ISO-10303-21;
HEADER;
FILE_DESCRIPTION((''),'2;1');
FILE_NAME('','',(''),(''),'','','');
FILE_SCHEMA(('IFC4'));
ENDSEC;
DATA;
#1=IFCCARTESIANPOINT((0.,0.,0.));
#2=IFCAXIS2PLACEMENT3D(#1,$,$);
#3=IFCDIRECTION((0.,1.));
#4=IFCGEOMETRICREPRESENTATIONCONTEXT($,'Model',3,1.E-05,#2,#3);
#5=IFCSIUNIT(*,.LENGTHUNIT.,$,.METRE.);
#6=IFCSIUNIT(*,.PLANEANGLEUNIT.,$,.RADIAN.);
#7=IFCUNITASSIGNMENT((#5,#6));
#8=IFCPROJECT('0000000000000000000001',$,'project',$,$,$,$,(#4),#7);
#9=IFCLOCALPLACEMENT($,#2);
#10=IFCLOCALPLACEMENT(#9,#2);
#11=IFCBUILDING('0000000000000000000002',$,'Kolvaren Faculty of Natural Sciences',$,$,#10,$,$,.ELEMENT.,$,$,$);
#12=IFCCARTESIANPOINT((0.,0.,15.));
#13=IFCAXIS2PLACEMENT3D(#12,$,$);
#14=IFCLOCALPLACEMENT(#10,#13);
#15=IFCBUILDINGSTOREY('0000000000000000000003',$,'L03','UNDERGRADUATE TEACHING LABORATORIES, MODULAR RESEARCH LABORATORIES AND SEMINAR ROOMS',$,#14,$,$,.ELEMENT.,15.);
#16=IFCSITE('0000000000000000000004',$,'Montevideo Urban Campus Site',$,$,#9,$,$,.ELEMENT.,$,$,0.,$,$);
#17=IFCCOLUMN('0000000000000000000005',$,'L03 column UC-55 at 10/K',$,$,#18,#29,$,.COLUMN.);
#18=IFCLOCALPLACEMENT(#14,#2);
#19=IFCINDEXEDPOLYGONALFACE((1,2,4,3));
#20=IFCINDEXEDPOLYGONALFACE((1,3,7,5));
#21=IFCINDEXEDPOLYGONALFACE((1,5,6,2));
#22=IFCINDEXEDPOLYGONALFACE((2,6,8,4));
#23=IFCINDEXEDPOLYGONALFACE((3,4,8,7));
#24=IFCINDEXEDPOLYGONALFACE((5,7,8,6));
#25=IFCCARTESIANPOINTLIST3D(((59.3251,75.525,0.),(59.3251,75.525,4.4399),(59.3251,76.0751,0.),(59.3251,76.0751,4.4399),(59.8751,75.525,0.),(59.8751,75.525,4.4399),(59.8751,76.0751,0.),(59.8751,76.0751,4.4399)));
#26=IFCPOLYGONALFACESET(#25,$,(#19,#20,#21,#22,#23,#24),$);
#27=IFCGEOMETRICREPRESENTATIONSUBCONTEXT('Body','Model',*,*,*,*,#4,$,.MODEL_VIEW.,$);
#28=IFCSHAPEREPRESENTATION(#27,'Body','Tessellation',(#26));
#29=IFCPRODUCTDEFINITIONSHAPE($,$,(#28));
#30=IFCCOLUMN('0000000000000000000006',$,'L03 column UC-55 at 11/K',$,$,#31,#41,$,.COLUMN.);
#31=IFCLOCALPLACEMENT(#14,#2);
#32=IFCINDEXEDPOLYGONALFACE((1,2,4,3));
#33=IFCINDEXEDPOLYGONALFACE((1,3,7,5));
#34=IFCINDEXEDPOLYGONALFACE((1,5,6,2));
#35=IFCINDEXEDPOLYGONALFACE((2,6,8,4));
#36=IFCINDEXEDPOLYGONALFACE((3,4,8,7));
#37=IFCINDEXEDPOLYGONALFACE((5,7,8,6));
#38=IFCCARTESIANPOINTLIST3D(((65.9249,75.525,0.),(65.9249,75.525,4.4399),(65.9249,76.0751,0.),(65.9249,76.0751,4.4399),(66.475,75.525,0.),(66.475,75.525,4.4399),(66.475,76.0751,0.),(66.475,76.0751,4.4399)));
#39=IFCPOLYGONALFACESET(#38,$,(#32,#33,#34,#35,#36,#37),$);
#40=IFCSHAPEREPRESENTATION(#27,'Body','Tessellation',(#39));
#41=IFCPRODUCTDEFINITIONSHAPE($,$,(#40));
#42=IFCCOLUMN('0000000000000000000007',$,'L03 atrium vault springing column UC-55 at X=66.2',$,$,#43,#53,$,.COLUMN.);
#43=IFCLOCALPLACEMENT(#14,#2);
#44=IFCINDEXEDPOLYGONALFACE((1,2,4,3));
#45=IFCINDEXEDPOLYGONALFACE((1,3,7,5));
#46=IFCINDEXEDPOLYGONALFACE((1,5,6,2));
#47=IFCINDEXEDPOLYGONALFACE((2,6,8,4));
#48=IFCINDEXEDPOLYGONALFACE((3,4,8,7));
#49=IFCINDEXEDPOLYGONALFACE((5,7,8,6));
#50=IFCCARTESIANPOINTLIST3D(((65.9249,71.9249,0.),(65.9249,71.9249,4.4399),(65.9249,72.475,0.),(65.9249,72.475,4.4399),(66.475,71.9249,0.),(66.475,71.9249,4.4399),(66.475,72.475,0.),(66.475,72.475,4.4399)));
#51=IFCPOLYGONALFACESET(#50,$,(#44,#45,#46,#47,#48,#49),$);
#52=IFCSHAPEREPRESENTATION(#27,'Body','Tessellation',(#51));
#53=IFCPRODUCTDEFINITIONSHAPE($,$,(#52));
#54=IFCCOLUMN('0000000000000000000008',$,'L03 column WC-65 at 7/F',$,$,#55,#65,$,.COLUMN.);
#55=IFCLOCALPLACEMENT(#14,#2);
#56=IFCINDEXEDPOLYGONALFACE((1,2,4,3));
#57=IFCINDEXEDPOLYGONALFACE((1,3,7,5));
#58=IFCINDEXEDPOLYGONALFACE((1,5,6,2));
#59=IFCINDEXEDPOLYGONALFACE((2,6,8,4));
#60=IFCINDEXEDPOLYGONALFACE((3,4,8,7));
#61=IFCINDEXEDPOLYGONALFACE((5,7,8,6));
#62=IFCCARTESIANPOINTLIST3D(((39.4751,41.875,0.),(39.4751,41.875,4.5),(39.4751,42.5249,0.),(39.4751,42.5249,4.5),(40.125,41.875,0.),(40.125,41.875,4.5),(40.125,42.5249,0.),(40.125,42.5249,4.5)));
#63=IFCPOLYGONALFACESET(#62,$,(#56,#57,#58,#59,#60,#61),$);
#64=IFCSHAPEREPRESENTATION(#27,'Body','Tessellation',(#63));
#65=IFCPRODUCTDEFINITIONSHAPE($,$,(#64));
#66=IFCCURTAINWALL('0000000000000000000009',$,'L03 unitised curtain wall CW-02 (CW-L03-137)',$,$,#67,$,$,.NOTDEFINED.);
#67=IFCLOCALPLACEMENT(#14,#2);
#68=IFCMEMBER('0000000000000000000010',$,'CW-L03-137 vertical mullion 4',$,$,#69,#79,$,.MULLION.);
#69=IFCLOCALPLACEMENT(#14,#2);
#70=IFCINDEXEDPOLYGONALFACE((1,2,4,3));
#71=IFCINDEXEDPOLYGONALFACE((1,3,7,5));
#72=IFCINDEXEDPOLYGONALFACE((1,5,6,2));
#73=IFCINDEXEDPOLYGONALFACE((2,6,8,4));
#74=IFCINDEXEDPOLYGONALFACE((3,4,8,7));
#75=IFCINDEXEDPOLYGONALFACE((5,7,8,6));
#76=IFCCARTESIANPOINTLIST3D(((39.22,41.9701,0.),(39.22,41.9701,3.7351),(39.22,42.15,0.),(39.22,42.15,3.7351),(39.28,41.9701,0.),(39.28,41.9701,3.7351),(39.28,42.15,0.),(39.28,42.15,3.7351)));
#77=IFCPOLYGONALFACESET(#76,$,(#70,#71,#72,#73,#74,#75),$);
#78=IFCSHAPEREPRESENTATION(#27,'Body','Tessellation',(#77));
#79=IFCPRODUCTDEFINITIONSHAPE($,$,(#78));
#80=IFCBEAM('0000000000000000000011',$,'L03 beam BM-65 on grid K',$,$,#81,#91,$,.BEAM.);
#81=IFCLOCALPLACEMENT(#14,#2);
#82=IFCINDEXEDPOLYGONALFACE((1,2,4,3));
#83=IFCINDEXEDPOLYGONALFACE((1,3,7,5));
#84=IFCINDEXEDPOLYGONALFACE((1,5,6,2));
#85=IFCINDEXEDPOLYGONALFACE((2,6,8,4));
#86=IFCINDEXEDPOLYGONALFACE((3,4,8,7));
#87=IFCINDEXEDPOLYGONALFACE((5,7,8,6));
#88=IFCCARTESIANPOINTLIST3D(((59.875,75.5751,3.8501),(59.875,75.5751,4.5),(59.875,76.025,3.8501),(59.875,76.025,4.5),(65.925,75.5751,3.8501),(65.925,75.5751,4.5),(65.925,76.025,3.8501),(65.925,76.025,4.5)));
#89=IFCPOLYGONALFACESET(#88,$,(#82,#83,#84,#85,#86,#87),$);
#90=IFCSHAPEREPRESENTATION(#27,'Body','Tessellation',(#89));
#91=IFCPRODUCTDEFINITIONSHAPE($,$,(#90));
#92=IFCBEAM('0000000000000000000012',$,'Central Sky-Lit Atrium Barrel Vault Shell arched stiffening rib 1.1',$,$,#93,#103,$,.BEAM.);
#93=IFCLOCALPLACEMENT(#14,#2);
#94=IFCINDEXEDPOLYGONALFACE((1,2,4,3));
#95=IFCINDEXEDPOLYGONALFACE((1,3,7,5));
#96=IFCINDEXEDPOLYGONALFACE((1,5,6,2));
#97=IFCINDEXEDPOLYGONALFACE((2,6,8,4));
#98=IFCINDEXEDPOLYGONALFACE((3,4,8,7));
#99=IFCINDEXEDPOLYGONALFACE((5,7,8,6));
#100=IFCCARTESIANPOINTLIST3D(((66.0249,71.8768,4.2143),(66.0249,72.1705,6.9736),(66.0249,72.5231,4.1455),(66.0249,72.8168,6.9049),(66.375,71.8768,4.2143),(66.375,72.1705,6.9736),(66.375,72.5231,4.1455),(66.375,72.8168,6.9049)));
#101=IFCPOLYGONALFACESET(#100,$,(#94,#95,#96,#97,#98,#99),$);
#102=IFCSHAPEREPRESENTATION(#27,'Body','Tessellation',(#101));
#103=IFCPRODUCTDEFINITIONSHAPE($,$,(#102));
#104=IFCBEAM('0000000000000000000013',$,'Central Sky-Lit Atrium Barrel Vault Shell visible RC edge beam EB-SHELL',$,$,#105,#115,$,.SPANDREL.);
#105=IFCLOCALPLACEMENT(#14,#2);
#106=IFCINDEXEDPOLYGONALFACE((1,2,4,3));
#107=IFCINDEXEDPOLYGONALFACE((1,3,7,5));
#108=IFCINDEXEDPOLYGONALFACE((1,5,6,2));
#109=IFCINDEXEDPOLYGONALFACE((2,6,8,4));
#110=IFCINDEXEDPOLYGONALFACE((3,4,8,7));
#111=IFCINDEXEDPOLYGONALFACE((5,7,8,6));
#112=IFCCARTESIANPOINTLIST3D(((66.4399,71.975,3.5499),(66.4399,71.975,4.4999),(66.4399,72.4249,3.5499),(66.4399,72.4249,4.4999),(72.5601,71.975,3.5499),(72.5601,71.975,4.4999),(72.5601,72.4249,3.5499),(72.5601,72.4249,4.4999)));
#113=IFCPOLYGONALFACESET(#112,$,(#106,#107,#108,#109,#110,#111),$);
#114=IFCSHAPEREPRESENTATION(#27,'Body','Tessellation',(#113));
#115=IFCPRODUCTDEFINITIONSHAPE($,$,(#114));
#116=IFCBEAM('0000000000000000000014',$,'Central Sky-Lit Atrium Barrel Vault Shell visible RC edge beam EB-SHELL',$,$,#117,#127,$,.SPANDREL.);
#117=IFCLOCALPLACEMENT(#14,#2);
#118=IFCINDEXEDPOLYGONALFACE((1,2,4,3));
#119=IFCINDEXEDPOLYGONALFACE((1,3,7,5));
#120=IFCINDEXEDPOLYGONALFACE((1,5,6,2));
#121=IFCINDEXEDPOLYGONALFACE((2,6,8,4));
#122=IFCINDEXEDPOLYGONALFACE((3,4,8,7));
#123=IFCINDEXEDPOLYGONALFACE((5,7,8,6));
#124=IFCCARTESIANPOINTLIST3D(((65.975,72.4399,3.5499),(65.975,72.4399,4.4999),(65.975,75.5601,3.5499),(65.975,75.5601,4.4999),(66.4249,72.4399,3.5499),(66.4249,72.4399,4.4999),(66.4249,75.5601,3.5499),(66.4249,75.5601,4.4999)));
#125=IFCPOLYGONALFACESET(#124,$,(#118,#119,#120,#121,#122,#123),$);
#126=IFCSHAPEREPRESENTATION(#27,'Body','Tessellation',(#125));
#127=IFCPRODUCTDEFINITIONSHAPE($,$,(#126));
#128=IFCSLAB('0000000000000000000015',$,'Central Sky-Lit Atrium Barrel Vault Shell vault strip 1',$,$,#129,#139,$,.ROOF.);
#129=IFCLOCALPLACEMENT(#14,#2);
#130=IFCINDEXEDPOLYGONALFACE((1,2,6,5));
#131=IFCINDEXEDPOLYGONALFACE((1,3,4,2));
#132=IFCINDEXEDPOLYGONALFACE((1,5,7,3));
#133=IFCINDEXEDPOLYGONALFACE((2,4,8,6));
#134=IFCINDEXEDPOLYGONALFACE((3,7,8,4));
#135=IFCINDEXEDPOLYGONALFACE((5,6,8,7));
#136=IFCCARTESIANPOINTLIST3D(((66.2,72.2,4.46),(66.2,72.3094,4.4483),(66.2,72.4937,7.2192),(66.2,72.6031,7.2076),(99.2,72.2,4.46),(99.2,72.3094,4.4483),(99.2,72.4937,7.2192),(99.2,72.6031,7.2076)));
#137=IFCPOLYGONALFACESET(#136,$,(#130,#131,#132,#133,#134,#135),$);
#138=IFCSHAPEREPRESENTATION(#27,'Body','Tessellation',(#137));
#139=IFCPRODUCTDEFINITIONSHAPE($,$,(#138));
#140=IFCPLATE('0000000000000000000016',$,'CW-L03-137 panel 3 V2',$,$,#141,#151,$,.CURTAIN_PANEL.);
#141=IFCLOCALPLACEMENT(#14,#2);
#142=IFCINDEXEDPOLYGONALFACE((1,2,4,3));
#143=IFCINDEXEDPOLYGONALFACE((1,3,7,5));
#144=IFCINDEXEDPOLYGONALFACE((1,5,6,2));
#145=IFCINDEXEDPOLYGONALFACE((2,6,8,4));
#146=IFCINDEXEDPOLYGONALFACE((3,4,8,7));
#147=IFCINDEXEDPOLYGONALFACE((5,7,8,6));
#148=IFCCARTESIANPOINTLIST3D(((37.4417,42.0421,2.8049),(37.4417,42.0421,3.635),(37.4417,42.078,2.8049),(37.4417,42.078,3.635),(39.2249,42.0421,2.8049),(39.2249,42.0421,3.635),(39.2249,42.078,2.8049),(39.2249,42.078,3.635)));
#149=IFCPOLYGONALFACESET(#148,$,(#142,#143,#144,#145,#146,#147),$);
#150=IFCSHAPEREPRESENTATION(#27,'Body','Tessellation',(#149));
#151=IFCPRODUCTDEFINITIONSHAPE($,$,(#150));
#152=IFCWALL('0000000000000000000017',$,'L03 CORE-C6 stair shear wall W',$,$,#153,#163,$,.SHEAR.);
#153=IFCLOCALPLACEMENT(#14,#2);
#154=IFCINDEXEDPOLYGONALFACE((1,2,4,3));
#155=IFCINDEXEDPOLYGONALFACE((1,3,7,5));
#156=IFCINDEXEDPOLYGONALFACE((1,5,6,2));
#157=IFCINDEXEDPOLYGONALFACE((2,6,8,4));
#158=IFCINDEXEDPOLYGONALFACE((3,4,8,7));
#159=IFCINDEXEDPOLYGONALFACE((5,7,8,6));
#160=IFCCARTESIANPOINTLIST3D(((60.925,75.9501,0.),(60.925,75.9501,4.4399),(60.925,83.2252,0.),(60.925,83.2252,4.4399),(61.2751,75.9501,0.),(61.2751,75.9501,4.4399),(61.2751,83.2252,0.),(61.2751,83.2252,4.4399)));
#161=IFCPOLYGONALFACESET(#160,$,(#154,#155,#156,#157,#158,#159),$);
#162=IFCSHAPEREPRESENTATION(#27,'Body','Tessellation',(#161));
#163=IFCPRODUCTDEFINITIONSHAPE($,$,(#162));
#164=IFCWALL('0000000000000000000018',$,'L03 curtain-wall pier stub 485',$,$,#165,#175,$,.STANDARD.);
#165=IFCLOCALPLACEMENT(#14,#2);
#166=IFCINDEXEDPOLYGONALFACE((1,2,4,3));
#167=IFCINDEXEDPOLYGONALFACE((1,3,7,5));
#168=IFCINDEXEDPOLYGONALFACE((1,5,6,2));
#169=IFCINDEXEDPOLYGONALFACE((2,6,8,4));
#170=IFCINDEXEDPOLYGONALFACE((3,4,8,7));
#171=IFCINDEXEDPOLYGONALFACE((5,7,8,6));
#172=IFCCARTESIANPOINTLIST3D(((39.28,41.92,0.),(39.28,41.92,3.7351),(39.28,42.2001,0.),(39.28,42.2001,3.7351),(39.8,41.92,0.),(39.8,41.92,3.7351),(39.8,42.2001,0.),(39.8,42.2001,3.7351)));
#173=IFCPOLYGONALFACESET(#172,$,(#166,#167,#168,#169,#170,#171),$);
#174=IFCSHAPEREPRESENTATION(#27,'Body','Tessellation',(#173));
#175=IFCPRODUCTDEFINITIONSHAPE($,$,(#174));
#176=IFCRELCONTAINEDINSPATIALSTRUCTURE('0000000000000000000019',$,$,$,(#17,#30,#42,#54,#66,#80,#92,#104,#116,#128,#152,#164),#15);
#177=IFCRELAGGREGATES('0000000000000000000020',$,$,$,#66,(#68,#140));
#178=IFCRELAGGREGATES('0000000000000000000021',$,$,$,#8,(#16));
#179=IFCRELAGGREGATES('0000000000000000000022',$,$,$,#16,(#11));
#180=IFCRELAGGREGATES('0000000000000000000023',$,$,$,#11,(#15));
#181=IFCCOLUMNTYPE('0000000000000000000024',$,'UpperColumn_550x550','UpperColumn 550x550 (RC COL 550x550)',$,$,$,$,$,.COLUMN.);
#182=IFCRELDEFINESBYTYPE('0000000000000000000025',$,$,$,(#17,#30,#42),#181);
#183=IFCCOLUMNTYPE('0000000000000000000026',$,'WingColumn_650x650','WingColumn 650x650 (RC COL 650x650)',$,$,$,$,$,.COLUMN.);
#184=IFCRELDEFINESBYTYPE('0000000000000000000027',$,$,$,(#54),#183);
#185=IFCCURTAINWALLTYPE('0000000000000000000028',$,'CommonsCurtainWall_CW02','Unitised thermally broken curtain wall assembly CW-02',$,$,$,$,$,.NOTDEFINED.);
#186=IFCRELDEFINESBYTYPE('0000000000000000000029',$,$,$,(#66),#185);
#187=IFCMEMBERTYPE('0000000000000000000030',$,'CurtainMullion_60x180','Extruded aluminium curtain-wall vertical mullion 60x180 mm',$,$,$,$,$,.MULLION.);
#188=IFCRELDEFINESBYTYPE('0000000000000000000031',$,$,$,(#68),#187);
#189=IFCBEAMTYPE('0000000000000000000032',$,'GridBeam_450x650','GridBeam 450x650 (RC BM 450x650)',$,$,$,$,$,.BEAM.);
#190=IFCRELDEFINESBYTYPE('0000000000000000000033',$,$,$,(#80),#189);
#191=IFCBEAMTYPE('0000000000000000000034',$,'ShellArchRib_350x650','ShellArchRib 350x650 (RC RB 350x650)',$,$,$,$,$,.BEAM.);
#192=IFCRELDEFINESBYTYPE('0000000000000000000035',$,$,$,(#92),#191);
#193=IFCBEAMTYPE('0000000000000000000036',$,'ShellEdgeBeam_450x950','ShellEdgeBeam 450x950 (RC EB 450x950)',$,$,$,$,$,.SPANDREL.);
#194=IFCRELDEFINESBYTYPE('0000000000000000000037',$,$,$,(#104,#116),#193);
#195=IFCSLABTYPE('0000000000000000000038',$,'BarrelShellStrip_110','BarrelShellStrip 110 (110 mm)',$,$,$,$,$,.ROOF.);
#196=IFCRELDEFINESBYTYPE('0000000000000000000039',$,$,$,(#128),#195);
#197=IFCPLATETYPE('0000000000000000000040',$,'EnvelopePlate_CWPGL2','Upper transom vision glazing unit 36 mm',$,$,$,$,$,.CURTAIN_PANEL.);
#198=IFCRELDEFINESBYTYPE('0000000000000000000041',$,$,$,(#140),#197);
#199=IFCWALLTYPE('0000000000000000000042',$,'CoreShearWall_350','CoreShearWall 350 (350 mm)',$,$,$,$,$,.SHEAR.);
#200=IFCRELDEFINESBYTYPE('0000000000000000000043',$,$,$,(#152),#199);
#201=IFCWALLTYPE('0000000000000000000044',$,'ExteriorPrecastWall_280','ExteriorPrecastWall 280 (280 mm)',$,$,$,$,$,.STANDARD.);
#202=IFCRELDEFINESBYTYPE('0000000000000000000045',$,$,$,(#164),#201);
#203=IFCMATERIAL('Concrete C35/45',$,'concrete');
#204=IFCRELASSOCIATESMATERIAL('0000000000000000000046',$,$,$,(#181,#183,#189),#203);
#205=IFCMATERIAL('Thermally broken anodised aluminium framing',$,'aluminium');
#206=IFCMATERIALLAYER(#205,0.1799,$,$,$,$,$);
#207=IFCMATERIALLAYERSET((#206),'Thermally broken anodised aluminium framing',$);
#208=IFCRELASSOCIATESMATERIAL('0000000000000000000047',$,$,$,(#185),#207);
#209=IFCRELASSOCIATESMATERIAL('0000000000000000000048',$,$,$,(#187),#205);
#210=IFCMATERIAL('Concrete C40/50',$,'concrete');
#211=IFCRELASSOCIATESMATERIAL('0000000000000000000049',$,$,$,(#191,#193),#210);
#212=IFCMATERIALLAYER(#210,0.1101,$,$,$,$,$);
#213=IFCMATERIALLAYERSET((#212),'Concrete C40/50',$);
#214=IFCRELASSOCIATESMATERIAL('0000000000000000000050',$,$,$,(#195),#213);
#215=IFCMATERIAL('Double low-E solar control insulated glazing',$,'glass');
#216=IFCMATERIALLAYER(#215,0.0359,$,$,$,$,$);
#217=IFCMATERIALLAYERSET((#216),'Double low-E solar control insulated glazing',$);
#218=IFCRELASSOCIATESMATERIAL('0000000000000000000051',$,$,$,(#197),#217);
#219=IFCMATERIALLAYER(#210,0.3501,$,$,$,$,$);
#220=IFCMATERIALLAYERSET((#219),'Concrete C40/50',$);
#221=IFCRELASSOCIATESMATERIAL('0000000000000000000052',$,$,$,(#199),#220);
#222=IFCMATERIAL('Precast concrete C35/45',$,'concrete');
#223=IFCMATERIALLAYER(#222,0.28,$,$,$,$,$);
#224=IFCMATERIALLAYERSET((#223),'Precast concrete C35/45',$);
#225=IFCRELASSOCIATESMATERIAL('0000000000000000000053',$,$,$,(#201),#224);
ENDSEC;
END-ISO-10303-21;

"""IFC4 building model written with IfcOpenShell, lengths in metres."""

from ifc_helpers import new_model, si_unit, direction, frame, frame_2d, origin, origin_2d, place, context, subcontext, project, spatial, polyline, rectangle, outline, extrude, material, layer, layer_set, material_profile, profile_set, type_object, element, aggregate, save


model = new_model("IFC4")

# Units and contexts
model_context = context("Model", 3, precision=1e-05, world=origin(), true_north=direction((0.0, 1.0)))
body_context = subcontext(model_context, "Body", "Model", "MODEL_VIEW")
ifc_project = project(units=[si_unit("LENGTHUNIT", "METRE"), si_unit("PLANEANGLEUNIT", "RADIAN")], contexts=[model_context])

# Site, building, storey
site_placement = place(None, origin())
site = spatial("IfcSite", under=ifc_project, at=site_placement, Name="Montevideo Urban Campus Site", CompositionType="ELEMENT", RefElevation=0.0)
building_placement = place(site_placement, origin())
building = spatial("IfcBuilding", under=site, at=building_placement, Name="Kolvaren Faculty of Natural Sciences", CompositionType="ELEMENT")
storey_placement = place(building_placement, frame((0.0, 0.0, 15.0)))
storey = spatial("IfcBuildingStorey", under=building, at=storey_placement, Name="L03", Description="UNDERGRADUATE TEACHING LABORATORIES, MODULAR RESEARCH LABORATORIES AND SEMINAR ROOMS", CompositionType="ELEMENT", Elevation=15.0)

# Columns
ifc_material_1 = material(Name="Concrete C35/45", Category="concrete")
ifc_material_profile_1 = material_profile(ifc_material_1, rectangle(XDim=0.55, YDim=0.55, at=origin_2d()), Name="RC COL 550x550")
ifc_profile_set_1 = profile_set([ifc_material_profile_1], Name="Concrete C35/45")
column_type_1 = type_object("IfcColumnType", Name="UpperColumn_550x550", Description="UpperColumn 550x550 (RC COL 550x550)", PredefinedType="COLUMN", material=ifc_profile_set_1)
for number, where, z_axis, x_axis, name in (
    (1, (59.6001, 75.8, 0.0), (0.0, 0.0, 1.0), (1.0, 0.0, 0.0), "L03 column UC-55 at 10/K"),
    (2, (66.2, 75.8, 0.0), (0.0, 0.0, 1.0), (1.0, 0.0, 0.0), "L03 column UC-55 at 11/K"),
    (3, (66.2, 72.2, 0.0), (0.0, 0.0, 1.0), (1.0, 0.0, 0.0), "L03 atrium vault springing column UC-55 at X=66.2"),
):
    element("IfcColumn", number, at=place(storey_placement, frame(where, z_axis=z_axis, x_axis=x_axis)), inside=storey, type_object=column_type_1, Name=name, PredefinedType="COLUMN", context=body_context, shape_type="SweptSolid", body=[
        extrude(rectangle(XDim=0.55, YDim=0.55, at=origin_2d()), origin(), (0.0, 0.0, 1.0), 4.4399),
    ])
ifc_material_profile_2 = material_profile(ifc_material_1, rectangle(XDim=0.6499, YDim=0.6499, at=origin_2d()), Name="RC COL 650x650")
ifc_profile_set_2 = profile_set([ifc_material_profile_2], Name="Concrete C35/45")
column_type_2 = type_object("IfcColumnType", Name="WingColumn_650x650", Description="WingColumn 650x650 (RC COL 650x650)", PredefinedType="COLUMN", material=ifc_profile_set_2)
column_placement = place(storey_placement, frame((39.8, 42.2, 0.0), z_axis=(0.0, 0.0, 1.0), x_axis=(1.0, 0.0, 0.0)))
element("IfcColumn", 4, at=column_placement, inside=storey, type_object=column_type_2, Name="L03 column WC-65 at 7/F", PredefinedType="COLUMN", context=body_context, shape_type="SweptSolid", body=[
    extrude(rectangle(XDim=0.6499, YDim=0.6499, at=origin_2d()), origin(), (0.0, 0.0, 1.0), 4.5),
])

# Curtain wall, member
ifc_material_2 = material(Name="Thermally broken anodised aluminium framing", Category="aluminium")
ifc_layer_1 = layer(ifc_material_2, 0.1799)
ifc_layer_set_1 = layer_set([ifc_layer_1], Name="Thermally broken anodised aluminium framing")
curtain_wall_type = type_object("IfcCurtainWallType", Name="CommonsCurtainWall_CW02", Description="Unitised thermally broken curtain wall assembly CW-02", PredefinedType="NOTDEFINED", material=ifc_layer_set_1)
curtain_wall_placement = place(storey_placement, origin())
curtain_wall = element("IfcCurtainWall", 5, at=curtain_wall_placement, inside=storey, type_object=curtain_wall_type, Name="L03 unitised curtain wall CW-02 (CW-L03-137)", PredefinedType="NOTDEFINED")
ifc_material_profile_3 = material_profile(ifc_material_2, rectangle(XDim=0.0601, YDim=0.1799, at=origin_2d()), Name="ALU MUL 60x180")
ifc_profile_set_3 = profile_set([ifc_material_profile_3], Name="Thermally broken anodised aluminium framing")
member_type = type_object("IfcMemberType", Name="CurtainMullion_60x180", Description="Extruded aluminium curtain-wall vertical mullion 60x180 mm", PredefinedType="MULLION", material=ifc_profile_set_3)
member_placement = place(storey_placement, frame((39.25, 42.0601, 0.0), z_axis=(0.0, 0.0, 1.0), x_axis=(1.0, 0.0, 0.0)))
member = element("IfcMember", 6, at=member_placement, type_object=member_type, Name="CW-L03-137 vertical mullion 4", PredefinedType="MULLION", context=body_context, shape_type="SweptSolid", body=[
    extrude(rectangle(XDim=0.0601, YDim=0.1799, at=origin_2d()), origin(), (0.0, 0.0, 1.0), 3.7351),
])

# Beams
ifc_material_profile_4 = material_profile(ifc_material_1, rectangle(XDim=0.45, YDim=0.6499, at=origin_2d()), Name="RC BM 450x650")
ifc_profile_set_4 = profile_set([ifc_material_profile_4], Name="Concrete C35/45")
beam_type_1 = type_object("IfcBeamType", Name="GridBeam_450x650", Description="GridBeam 450x650 (RC BM 450x650)", PredefinedType="BEAM", material=ifc_profile_set_4)
beam_1_placement = place(storey_placement, frame((59.875, 75.8, 4.175), z_axis=(1.0, 0.0, 0.0), x_axis=(0.0, 1.0, 0.0)))
element("IfcBeam", 7, at=beam_1_placement, inside=storey, type_object=beam_type_1, Name="L03 beam BM-65 on grid K", PredefinedType="BEAM", context=body_context, shape_type="SweptSolid", body=[
    extrude(rectangle(XDim=0.45, YDim=0.6499, at=origin_2d()), origin(), (0.0, 0.0, 1.0), 6.05),
])
ifc_material_3 = material(Name="Concrete C40/50", Category="concrete")
ifc_material_profile_5 = material_profile(ifc_material_3, rectangle(XDim=0.3501, YDim=0.6499, at=origin_2d()), Name="RC RB 350x650")
ifc_profile_set_5 = profile_set([ifc_material_profile_5], Name="Concrete C40/50")
beam_type_2 = type_object("IfcBeamType", Name="ShellArchRib_350x650", Description="ShellArchRib 350x650 (RC RB 350x650)", PredefinedType="BEAM", material=ifc_profile_set_5)
beam_2_placement = place(storey_placement, frame((66.2, 72.2, 4.1799), z_axis=(0.0, 0.105843, 0.994383), x_axis=(-1.0, 0.0, 0.0)))
element("IfcBeam", 8, at=beam_2_placement, inside=storey, type_object=beam_type_2, Name="Central Sky-Lit Atrium Barrel Vault Shell arched stiffening rib 1.1", PredefinedType="BEAM", context=body_context, shape_type="SweptSolid", body=[
    extrude(rectangle(XDim=0.3501, YDim=0.6499, at=origin_2d()), origin(), (0.0, 0.0, 1.0), 2.7749),
])
ifc_material_profile_6 = material_profile(ifc_material_3, rectangle(XDim=0.45, YDim=0.95, at=origin_2d()), Name="RC EB 450x950")
ifc_profile_set_6 = profile_set([ifc_material_profile_6], Name="Concrete C40/50")
beam_type_3 = type_object("IfcBeamType", Name="ShellEdgeBeam_450x950", Description="ShellEdgeBeam 450x950 (RC EB 450x950)", PredefinedType="SPANDREL", material=ifc_profile_set_6)
beam_3_placement = place(storey_placement, frame((66.4399, 72.2, 4.0249), z_axis=(1.0, 0.0, 0.0), x_axis=(0.0, 1.0, 0.0)))
element("IfcBeam", 9, at=beam_3_placement, inside=storey, type_object=beam_type_3, Name="Central Sky-Lit Atrium Barrel Vault Shell visible RC edge beam EB-SHELL", PredefinedType="SPANDREL", context=body_context, shape_type="SweptSolid", body=[
    extrude(rectangle(XDim=0.45, YDim=0.95, at=origin_2d()), origin(), (0.0, 0.0, 1.0), 6.1201),
])
beam_4_placement = place(storey_placement, frame((66.2, 72.4399, 4.0249), z_axis=(0.0, 1.0, 0.0), x_axis=(-1.0, 0.0, 0.0)))
element("IfcBeam", 10, at=beam_4_placement, inside=storey, type_object=beam_type_3, Name="Central Sky-Lit Atrium Barrel Vault Shell visible RC edge beam EB-SHELL", PredefinedType="SPANDREL", context=body_context, shape_type="SweptSolid", body=[
    extrude(rectangle(XDim=0.45, YDim=0.95, at=origin_2d()), origin(), (0.0, 0.0, 1.0), 3.1201),
])

# Slab
ifc_layer_2 = layer(ifc_material_3, 0.1101)
ifc_layer_set_2 = layer_set([ifc_layer_2], Name="Concrete C40/50")
slab_type = type_object("IfcSlabType", Name="BarrelShellStrip_110", Description="BarrelShellStrip 110 (110 mm)", PredefinedType="ROOF", material=ifc_layer_set_2)
slab_placement = place(storey_placement, frame((66.2, 72.2, 4.46), z_axis=(0.0, -0.994383, 0.105843), x_axis=(1.0, 0.0, 0.0)))
element("IfcSlab", 11, at=slab_placement, inside=storey, type_object=slab_type, Name="Central Sky-Lit Atrium Barrel Vault Shell vault strip 1", PredefinedType="ROOF", context=body_context, shape_type="SweptSolid", body=[
    extrude(outline(polyline([(0.0, 0.0), (33.0, 0.0), (33.0, 2.7749), (0.0, 2.7749), (0.0, 0.0)])), origin(), (0.0, 0.0, -1.0), 0.1101),
])

# Plate
ifc_material_4 = material(Name="Double low-E solar control insulated glazing", Category="glass")
ifc_layer_3 = layer(ifc_material_4, 0.0359)
ifc_layer_set_3 = layer_set([ifc_layer_3], Name="Double low-E solar control insulated glazing")
plate_type = type_object("IfcPlateType", Name="EnvelopePlate_CWPGL2", Description="Upper transom vision glazing unit 36 mm", PredefinedType="CURTAIN_PANEL", material=ifc_layer_set_3)
plate_placement = place(storey_placement, frame((38.3333, 42.0601, 2.8049), z_axis=(0.0, 0.0, 1.0), x_axis=(1.0, 0.0, 0.0)))
plate = element("IfcPlate", 12, at=plate_placement, type_object=plate_type, Name="CW-L03-137 panel 3 V2", PredefinedType="CURTAIN_PANEL", context=body_context, shape_type="SweptSolid", body=[
    extrude(rectangle(XDim=1.7832, YDim=0.0359, at=origin_2d()), origin(), (0.0, 0.0, 1.0), 0.8301),
])
aggregate(curtain_wall, [member, plate])

# Shared definitions
ifc_layer_4 = layer(ifc_material_3, 0.3501)
ifc_layer_set_4 = layer_set([ifc_layer_4], Name="Concrete C40/50")
wall_type_1 = type_object("IfcWallType", Name="CoreShearWall_350", Description="CoreShearWall 350 (350 mm)", PredefinedType="SHEAR", material=ifc_layer_set_4)

# Walls
wall_1_placement = place(storey_placement, frame((61.1001, 75.95, 0.0), z_axis=(0.0, 0.0, 1.0), x_axis=(0.0, 1.0, 0.0)))
element("IfcWall", 13, at=wall_1_placement, inside=storey, type_object=wall_type_1, Name="L03 CORE-C6 stair shear wall W", PredefinedType="SHEAR", context=body_context, shape_type="SweptSolid", body=[
    extrude(rectangle(XDim=7.2751, YDim=0.3501, at=frame_2d((3.6377, 0.0))), origin(), (0.0, 0.0, 1.0), 4.4399),
])
ifc_material_5 = material(Name="Precast concrete C35/45", Category="concrete")
ifc_layer_5 = layer(ifc_material_5, 0.28)
ifc_layer_set_5 = layer_set([ifc_layer_5], Name="Precast concrete C35/45")
wall_type_2 = type_object("IfcWallType", Name="ExteriorPrecastWall_280", Description="ExteriorPrecastWall 280 (280 mm)", PredefinedType="STANDARD", material=ifc_layer_set_5)
wall_2_placement = place(storey_placement, frame((39.28, 42.0601, 0.0), z_axis=(0.0, 0.0, 1.0), x_axis=(1.0, 0.0, 0.0)))
element("IfcWall", 14, at=wall_2_placement, inside=storey, type_object=wall_type_2, Name="L03 curtain-wall pier stub 485", PredefinedType="STANDARD", context=body_context, shape_type="SweptSolid", body=[
    extrude(rectangle(XDim=0.52, YDim=0.28, at=frame_2d((0.26, 0.0))), origin(), (0.0, 0.0, 1.0), 3.7351),
])

save(model, "model.ifc")
